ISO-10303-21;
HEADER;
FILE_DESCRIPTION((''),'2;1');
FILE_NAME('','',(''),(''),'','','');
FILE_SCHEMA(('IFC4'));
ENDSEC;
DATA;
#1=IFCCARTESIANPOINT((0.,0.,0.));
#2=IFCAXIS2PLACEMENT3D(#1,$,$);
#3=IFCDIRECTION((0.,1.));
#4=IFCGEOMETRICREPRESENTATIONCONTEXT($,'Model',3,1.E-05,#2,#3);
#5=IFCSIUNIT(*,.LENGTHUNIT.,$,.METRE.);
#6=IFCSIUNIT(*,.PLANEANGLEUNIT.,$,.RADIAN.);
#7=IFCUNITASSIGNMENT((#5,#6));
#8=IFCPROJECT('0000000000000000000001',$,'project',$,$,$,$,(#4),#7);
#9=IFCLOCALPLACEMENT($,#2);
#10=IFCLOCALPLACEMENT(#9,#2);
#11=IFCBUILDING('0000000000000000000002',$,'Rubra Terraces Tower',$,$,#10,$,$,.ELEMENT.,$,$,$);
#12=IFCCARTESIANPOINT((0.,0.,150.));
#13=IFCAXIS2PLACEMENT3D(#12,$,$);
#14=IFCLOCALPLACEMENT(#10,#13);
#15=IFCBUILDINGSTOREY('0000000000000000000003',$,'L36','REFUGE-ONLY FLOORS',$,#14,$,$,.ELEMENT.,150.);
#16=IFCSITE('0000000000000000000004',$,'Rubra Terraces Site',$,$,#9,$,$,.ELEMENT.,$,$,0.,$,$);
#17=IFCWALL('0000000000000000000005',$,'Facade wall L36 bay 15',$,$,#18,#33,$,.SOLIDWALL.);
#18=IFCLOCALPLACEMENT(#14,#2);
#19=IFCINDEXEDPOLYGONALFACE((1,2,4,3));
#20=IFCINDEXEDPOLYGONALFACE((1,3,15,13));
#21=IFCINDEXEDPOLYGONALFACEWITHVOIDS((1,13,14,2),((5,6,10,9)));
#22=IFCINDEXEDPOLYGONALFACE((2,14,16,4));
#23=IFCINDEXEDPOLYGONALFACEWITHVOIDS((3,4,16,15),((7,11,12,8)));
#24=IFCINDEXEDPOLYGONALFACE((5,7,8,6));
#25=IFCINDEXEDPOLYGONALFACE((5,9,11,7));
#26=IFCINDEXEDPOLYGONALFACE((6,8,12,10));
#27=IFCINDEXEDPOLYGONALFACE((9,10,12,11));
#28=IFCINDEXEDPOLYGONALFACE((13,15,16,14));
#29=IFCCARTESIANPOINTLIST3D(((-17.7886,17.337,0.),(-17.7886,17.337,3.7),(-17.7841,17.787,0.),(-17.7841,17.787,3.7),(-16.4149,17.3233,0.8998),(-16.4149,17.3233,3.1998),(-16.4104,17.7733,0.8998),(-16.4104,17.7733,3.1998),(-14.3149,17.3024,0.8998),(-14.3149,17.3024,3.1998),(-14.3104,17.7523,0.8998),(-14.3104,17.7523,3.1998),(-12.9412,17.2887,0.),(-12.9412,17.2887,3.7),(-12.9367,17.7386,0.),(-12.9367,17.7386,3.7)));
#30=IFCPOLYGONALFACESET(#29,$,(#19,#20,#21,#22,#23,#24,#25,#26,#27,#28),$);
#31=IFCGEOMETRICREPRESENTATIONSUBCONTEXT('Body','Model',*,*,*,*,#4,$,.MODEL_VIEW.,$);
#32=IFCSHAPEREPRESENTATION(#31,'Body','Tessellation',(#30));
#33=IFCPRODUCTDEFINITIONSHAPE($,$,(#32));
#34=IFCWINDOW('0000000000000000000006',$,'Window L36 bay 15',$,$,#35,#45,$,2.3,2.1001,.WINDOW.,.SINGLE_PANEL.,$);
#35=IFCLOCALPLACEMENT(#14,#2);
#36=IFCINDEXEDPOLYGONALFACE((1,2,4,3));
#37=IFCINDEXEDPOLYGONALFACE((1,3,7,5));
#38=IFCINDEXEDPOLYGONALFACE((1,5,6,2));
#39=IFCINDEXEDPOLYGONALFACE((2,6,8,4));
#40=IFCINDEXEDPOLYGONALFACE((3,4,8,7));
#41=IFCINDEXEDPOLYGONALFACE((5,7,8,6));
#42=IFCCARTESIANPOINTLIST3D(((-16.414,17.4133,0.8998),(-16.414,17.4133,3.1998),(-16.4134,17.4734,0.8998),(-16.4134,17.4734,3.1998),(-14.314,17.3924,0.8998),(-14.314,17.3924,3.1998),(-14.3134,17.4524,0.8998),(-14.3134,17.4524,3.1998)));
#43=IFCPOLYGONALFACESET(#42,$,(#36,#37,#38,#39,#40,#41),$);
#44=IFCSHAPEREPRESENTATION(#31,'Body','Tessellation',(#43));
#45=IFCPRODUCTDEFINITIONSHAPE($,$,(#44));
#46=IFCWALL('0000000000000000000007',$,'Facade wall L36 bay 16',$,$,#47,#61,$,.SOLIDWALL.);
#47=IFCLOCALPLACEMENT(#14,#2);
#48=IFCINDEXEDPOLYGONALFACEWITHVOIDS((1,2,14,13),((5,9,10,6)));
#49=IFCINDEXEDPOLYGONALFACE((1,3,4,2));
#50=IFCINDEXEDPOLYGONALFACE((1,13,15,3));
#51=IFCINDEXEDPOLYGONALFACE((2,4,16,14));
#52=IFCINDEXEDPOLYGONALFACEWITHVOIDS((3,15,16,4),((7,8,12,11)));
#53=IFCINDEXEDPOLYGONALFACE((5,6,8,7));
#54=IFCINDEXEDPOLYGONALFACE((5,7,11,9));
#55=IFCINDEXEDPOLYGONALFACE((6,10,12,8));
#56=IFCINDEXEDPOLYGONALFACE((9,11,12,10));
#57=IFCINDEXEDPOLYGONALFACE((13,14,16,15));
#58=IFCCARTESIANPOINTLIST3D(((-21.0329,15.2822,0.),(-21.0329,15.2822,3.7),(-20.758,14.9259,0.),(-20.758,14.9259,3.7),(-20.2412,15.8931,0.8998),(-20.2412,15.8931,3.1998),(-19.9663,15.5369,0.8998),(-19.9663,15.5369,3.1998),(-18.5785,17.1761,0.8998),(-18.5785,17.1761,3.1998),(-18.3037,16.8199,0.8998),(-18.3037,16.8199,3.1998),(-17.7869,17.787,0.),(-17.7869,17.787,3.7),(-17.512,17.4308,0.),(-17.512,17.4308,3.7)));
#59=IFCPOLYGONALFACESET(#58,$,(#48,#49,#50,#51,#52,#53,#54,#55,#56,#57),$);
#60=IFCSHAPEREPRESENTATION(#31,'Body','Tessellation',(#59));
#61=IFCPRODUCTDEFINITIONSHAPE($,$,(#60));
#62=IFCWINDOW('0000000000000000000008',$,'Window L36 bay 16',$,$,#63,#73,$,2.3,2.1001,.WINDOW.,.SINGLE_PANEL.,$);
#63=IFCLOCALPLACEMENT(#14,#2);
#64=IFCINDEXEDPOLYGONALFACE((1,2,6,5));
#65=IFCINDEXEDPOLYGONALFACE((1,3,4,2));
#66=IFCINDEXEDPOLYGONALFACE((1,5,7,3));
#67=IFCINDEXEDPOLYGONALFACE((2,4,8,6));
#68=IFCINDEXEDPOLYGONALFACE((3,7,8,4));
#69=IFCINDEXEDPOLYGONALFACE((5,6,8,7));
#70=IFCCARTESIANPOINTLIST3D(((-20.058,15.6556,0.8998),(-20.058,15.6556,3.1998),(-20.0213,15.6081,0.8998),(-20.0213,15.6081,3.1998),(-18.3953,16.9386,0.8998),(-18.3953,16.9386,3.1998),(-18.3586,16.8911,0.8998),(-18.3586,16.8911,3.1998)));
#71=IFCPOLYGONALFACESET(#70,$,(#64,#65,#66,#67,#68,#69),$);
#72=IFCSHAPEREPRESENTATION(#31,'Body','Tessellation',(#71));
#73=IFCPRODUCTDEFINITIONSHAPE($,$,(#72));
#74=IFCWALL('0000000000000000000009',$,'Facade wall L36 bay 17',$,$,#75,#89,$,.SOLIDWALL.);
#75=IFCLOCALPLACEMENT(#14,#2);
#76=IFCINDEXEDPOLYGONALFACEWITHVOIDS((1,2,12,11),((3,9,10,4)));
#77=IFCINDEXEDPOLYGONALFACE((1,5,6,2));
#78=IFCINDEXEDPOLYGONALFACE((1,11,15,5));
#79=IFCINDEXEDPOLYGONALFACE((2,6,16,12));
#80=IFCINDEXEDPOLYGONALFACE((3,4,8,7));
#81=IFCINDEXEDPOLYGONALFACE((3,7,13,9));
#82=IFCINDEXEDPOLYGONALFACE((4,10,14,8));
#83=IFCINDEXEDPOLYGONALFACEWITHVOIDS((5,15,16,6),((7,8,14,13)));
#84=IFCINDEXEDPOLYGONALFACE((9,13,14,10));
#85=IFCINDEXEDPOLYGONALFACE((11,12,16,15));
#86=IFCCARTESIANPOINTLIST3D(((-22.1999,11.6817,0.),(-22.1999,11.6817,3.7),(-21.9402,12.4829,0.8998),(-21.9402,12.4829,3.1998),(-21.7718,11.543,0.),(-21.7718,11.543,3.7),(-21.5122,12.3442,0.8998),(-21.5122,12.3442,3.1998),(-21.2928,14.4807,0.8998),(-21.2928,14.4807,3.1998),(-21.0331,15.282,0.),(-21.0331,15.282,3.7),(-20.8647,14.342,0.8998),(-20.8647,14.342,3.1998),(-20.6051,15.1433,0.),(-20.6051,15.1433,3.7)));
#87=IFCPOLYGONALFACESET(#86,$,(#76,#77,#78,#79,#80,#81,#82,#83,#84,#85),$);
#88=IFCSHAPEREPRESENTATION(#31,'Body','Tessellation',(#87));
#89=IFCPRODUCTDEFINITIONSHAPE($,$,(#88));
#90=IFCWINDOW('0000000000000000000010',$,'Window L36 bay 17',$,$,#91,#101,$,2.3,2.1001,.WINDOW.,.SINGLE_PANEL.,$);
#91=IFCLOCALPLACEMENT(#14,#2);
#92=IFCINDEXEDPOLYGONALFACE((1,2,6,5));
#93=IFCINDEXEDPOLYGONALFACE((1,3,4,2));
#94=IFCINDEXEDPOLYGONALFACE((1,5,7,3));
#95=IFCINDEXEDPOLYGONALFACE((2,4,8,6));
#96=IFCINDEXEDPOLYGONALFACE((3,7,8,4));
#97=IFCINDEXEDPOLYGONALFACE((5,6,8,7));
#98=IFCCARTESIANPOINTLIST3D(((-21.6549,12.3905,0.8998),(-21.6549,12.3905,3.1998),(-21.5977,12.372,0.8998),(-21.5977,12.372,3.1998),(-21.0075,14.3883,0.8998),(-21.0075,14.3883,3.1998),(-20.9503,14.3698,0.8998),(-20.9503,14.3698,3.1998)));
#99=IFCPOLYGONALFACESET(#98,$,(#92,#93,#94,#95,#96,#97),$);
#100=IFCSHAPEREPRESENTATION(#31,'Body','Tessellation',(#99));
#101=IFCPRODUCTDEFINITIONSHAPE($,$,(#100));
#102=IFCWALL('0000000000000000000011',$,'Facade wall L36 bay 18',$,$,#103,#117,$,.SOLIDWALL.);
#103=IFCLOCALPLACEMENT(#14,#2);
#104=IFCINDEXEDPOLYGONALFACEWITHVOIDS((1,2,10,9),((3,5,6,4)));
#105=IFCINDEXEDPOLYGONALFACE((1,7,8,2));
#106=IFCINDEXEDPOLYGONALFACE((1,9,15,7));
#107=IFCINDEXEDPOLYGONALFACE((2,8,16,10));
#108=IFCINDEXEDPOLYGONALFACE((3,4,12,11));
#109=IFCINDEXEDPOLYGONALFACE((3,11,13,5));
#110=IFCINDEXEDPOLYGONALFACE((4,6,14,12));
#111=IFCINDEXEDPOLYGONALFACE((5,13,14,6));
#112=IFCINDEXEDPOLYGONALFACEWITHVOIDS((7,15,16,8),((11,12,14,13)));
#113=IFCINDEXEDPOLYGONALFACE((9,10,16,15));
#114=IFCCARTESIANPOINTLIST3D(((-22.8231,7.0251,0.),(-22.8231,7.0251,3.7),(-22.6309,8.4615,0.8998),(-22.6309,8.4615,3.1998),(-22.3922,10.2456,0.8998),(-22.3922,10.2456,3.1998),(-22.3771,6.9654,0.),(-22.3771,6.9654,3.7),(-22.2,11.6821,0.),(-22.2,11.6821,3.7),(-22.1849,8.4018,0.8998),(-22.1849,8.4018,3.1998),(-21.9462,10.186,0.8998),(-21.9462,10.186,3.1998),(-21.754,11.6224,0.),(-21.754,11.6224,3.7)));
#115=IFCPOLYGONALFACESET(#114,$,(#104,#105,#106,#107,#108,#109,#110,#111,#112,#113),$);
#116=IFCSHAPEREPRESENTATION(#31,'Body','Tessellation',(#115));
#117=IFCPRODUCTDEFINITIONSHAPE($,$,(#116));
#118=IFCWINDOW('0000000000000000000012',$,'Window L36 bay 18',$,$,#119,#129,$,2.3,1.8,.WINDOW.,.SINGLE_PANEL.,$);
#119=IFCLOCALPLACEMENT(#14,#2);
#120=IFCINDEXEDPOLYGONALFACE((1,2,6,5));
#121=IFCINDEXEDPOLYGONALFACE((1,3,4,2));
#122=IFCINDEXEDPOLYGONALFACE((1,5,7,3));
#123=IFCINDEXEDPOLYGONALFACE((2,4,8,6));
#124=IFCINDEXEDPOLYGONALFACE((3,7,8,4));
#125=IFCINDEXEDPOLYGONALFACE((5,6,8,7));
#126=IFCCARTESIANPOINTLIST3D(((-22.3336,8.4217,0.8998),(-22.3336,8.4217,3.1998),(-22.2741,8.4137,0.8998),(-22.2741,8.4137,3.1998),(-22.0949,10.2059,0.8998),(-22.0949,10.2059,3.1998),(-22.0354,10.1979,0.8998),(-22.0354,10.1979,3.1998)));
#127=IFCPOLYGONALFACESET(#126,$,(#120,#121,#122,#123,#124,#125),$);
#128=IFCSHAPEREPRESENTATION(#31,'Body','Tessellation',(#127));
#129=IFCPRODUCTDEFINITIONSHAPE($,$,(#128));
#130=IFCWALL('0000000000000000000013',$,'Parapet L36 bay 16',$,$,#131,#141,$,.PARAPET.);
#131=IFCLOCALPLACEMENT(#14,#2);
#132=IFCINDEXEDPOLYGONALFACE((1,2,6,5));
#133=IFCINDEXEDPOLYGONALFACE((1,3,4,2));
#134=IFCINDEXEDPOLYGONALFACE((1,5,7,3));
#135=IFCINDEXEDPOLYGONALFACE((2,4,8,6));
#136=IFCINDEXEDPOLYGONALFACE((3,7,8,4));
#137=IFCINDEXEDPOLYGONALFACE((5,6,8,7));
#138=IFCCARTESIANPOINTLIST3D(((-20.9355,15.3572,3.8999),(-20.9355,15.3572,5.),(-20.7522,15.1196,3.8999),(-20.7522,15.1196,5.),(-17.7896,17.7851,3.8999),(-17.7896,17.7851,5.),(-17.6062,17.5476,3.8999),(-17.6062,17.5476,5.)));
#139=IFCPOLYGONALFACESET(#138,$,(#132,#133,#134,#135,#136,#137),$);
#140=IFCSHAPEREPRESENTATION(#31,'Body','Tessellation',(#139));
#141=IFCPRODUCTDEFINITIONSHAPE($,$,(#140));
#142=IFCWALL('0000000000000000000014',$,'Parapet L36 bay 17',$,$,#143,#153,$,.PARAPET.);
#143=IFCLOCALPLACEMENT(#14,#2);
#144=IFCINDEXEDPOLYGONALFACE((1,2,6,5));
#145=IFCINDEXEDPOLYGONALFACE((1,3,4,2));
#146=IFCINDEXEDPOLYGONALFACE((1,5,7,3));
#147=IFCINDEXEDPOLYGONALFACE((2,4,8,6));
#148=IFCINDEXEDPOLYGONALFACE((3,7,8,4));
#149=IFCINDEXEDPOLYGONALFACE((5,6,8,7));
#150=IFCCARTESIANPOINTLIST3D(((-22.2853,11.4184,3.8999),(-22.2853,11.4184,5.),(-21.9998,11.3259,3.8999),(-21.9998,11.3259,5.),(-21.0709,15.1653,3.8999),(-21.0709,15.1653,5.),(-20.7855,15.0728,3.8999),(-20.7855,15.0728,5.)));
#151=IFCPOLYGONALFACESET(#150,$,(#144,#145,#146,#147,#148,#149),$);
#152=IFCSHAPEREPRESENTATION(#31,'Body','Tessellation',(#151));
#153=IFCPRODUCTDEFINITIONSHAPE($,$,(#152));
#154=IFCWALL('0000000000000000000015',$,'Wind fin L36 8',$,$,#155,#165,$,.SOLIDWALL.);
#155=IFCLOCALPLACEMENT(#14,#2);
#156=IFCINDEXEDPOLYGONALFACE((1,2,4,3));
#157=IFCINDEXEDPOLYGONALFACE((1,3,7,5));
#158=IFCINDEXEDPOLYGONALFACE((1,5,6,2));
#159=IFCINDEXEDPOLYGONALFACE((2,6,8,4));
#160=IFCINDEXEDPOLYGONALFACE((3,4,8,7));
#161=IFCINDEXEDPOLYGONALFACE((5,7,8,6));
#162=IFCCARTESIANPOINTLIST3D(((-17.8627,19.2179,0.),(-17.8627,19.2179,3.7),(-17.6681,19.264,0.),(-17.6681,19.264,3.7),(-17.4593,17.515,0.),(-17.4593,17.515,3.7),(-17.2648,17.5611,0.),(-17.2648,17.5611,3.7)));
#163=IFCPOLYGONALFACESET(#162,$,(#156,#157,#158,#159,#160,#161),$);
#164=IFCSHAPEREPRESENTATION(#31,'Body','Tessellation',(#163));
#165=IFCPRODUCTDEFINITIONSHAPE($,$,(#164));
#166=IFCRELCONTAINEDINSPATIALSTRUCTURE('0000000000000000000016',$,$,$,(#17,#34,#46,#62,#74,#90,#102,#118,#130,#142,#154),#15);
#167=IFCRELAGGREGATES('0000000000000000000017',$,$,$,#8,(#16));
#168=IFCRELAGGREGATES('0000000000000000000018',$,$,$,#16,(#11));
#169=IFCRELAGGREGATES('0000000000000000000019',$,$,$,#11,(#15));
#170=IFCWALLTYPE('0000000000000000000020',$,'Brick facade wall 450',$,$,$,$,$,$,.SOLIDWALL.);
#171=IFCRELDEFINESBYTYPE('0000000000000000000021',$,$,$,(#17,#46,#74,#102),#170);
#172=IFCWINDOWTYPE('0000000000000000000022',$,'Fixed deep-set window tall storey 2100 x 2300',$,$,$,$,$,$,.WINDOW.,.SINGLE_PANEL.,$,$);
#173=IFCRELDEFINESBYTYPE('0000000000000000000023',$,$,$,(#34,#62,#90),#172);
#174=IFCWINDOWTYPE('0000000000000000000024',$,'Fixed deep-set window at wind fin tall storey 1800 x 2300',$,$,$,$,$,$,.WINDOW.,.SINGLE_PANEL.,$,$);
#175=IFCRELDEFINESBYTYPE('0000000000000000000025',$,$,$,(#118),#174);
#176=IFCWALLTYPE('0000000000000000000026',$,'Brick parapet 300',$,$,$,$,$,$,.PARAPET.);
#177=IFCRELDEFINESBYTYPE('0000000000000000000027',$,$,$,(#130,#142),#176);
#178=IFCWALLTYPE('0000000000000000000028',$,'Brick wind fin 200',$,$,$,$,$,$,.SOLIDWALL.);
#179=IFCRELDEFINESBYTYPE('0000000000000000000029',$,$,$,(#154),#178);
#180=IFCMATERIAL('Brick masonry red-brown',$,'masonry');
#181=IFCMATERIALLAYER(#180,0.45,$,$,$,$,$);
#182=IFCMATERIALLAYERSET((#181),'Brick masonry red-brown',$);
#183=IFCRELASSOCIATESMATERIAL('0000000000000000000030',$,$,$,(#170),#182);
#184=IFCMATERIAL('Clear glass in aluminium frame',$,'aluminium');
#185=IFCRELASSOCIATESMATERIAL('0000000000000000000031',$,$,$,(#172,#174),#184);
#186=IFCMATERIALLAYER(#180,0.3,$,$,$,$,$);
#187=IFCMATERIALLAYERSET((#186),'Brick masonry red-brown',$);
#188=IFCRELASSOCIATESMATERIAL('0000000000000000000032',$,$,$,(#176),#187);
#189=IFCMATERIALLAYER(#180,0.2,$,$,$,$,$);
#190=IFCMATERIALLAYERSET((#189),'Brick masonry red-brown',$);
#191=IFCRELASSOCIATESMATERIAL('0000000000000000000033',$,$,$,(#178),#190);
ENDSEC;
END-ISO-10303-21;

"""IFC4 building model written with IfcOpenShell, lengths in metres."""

from ifc_helpers import new_model, si_unit, direction, frame, frame_2d, origin, place, context, subcontext, project, spatial, rectangle, extrude, material, layer, layer_set, type_object, element, fill, save


model = new_model("IFC4")

# Units and contexts
model_context = context("Model", 3, precision=1e-05, world=origin(), true_north=direction((0.0, 1.0)))
body_context = subcontext(model_context, "Body", "Model", "MODEL_VIEW")
ifc_project = project(units=[si_unit("LENGTHUNIT", "METRE"), si_unit("PLANEANGLEUNIT", "RADIAN")], contexts=[model_context])

# Site, building, storey
site_placement = place(None, origin())
site = spatial("IfcSite", under=ifc_project, at=site_placement, Name="Rubra Terraces Site", CompositionType="ELEMENT", RefElevation=0.0)
building_placement = place(site_placement, origin())
building = spatial("IfcBuilding", under=site, at=building_placement, Name="Rubra Terraces Tower", CompositionType="ELEMENT")
storey_placement = place(building_placement, frame((0.0, 0.0, 150.0)))
storey = spatial("IfcBuildingStorey", under=building, at=storey_placement, Name="L36", Description="REFUGE-ONLY FLOORS", CompositionType="ELEMENT", Elevation=150.0)

# Walls, openings, windows
ifc_material_1 = material(Name="Brick masonry red-brown", Category="masonry")
ifc_layer_1 = layer(ifc_material_1, 0.45)
ifc_layer_set_1 = layer_set([ifc_layer_1], Name="Brick masonry red-brown")
wall_type_1 = type_object("IfcWallType", Name="Brick facade wall 450", PredefinedType="SOLIDWALL", material=ifc_layer_set_1)
wall_1_placement = place(storey_placement, frame((-12.939, 17.5137, 0.0), z_axis=(0.0, 0.0, 1.0), x_axis=(-0.99995, 0.009972, 0.0)))
wall_1 = element("IfcWall", 1, at=wall_1_placement, inside=storey, type_object=wall_type_1, Name="Facade wall L36 bay 15", PredefinedType="SOLIDWALL", context=body_context, shape_type="SweptSolid", body=[
    extrude(rectangle(XDim=4.8477, YDim=0.45, at=frame_2d((2.4238, 0.0))), origin(), (0.0, 0.0, 1.0), 3.7),
])
opening_1_placement = place(wall_1_placement, frame((1.3738, 0.0, 0.8999)))
opening_1 = element("IfcOpeningElement", 2, at=opening_1_placement, cuts=wall_1, PredefinedType="OPENING", context=body_context, shape_type="SweptSolid", body=[
    extrude(rectangle(XDim=2.1001, YDim=2.3, at=frame_2d((1.05, 1.1499))), frame((0.0, 0.2349, 0.0), z_axis=(0.0, -1.0, 0.0), x_axis=(1.0, 0.0, 0.0)), (0.0, 0.0, 1.0), 0.47),
])
ifc_material_2 = material(Name="Clear glass in aluminium frame", Category="aluminium")
window_type_1 = type_object("IfcWindowType", Name="Fixed deep-set window tall storey 2100 x 2300", PartitioningType="SINGLE_PANEL", PredefinedType="WINDOW", material=ifc_material_2)
window_1_placement = place(opening_1_placement, origin())
window_1 = element("IfcWindow", 3, at=window_1_placement, inside=storey, type_object=window_type_1, Name="Window L36 bay 15", OverallHeight=2.3, OverallWidth=2.1001, PartitioningType="SINGLE_PANEL", PredefinedType="WINDOW", context=body_context, shape_type="SweptSolid", body=[
    extrude(rectangle(XDim=2.1001, YDim=2.3, at=frame_2d((1.05, 1.1499))), frame((0.0, 0.135, 0.0), z_axis=(0.0, -1.0, 0.0), x_axis=(1.0, 0.0, 0.0)), (0.0, 0.0, 1.0), 0.0601),
])
fill(opening_1, window_1)
wall_2_placement = place(storey_placement, frame((-17.6494, 17.6089, 0.0), z_axis=(0.0, 0.0, 1.0), x_axis=(-0.791693, -0.610919, 0.0)))
wall_2 = element("IfcWall", 4, at=wall_2_placement, inside=storey, type_object=wall_type_1, Name="Facade wall L36 bay 16", PredefinedType="SOLIDWALL", context=body_context, shape_type="SweptSolid", body=[
    extrude(rectangle(XDim=4.1001, YDim=0.45, at=frame_2d((2.05, 0.0))), origin(), (0.0, 0.0, 1.0), 3.7),
])
opening_2_placement = place(wall_2_placement, frame((1.0, 0.0, 0.8999)))
opening_2 = element("IfcOpeningElement", 5, at=opening_2_placement, cuts=wall_2, PredefinedType="OPENING", context=body_context, shape_type="SweptSolid", body=[
    extrude(rectangle(XDim=2.1001, YDim=2.3, at=frame_2d((1.05, 1.1499))), frame((0.0, 0.2349, 0.0), z_axis=(0.0, -1.0, 0.0), x_axis=(1.0, 0.0, 0.0)), (0.0, 0.0, 1.0), 0.47),
])
window_2_placement = place(opening_2_placement, origin())
window_2 = element("IfcWindow", 6, at=window_2_placement, inside=storey, type_object=window_type_1, Name="Window L36 bay 16", OverallHeight=2.3, OverallWidth=2.1001, PartitioningType="SINGLE_PANEL", PredefinedType="WINDOW", context=body_context, shape_type="SweptSolid", body=[
    extrude(rectangle(XDim=2.1001, YDim=2.3, at=frame_2d((1.05, 1.1499))), frame((0.0, 0.135, 0.0), z_axis=(0.0, -1.0, 0.0), x_axis=(1.0, 0.0, 0.0)), (0.0, 0.0, 1.0), 0.0601),
])
fill(opening_2, window_2)
wall_3_placement = place(storey_placement, frame((-20.8191, 15.2126, 0.0), z_axis=(0.0, 0.0, 1.0), x_axis=(-0.308282, -0.951295, 0.0)))
wall_3 = element("IfcWall", 7, at=wall_3_placement, inside=storey, type_object=wall_type_1, Name="Facade wall L36 bay 17", PredefinedType="SOLIDWALL", context=body_context, shape_type="SweptSolid", body=[
    extrude(rectangle(XDim=3.7847, YDim=0.45, at=frame_2d((1.8923, 0.0))), origin(), (0.0, 0.0, 1.0), 3.7),
])
opening_3_placement = place(wall_3_placement, frame((0.8423, 0.0, 0.8999)))
opening_3 = element("IfcOpeningElement", 8, at=opening_3_placement, cuts=wall_3, PredefinedType="OPENING", context=body_context, shape_type="SweptSolid", body=[
    extrude(rectangle(XDim=2.1001, YDim=2.3, at=frame_2d((1.05, 1.1499))), frame((0.0, 0.2349, 0.0), z_axis=(0.0, -1.0, 0.0), x_axis=(1.0, 0.0, 0.0)), (0.0, 0.0, 1.0), 0.47),
])
window_3_placement = place(opening_3_placement, origin())
window_3 = element("IfcWindow", 9, at=window_3_placement, inside=storey, type_object=window_type_1, Name="Window L36 bay 17", OverallHeight=2.3, OverallWidth=2.1001, PartitioningType="SINGLE_PANEL", PredefinedType="WINDOW", context=body_context, shape_type="SweptSolid", body=[
    extrude(rectangle(XDim=2.1001, YDim=2.3, at=frame_2d((1.05, 1.1499))), frame((0.0, 0.135, 0.0), z_axis=(0.0, -1.0, 0.0), x_axis=(1.0, 0.0, 0.0)), (0.0, 0.0, 1.0), 0.0601),
])
fill(opening_3, window_3)
wall_4_placement = place(storey_placement, frame((-21.9771, 11.6521, 0.0), z_axis=(0.0, 0.0, 1.0), x_axis=(-0.132606, -0.991169, 0.0)))
wall_4 = element("IfcWall", 10, at=wall_4_placement, inside=storey, type_object=wall_type_1, Name="Facade wall L36 bay 18", PredefinedType="SOLIDWALL", context=body_context, shape_type="SweptSolid", body=[
    extrude(rectangle(XDim=4.6985, YDim=0.45, at=frame_2d((2.3491, 0.0))), origin(), (0.0, 0.0, 1.0), 3.7),
])
opening_4_placement = place(wall_4_placement, frame((1.4492, 0.0, 0.8999)))
opening_4 = element("IfcOpeningElement", 11, at=opening_4_placement, cuts=wall_4, PredefinedType="OPENING", context=body_context, shape_type="SweptSolid", body=[
    extrude(rectangle(XDim=1.8, YDim=2.3, at=frame_2d((0.8999, 1.1499))), frame((0.0, 0.2349, 0.0), z_axis=(0.0, -1.0, 0.0), x_axis=(1.0, 0.0, 0.0)), (0.0, 0.0, 1.0), 0.47),
])
window_type_2 = type_object("IfcWindowType", Name="Fixed deep-set window at wind fin tall storey 1800 x 2300", PartitioningType="SINGLE_PANEL", PredefinedType="WINDOW", material=ifc_material_2)
window_4_placement = place(opening_4_placement, origin())
window_4 = element("IfcWindow", 12, at=window_4_placement, inside=storey, type_object=window_type_2, Name="Window L36 bay 18", OverallHeight=2.3, OverallWidth=1.8, PartitioningType="SINGLE_PANEL", PredefinedType="WINDOW", context=body_context, shape_type="SweptSolid", body=[
    extrude(rectangle(XDim=1.8, YDim=2.3, at=frame_2d((0.8999, 1.1499))), frame((0.0, 0.135, 0.0), z_axis=(0.0, -1.0, 0.0), x_axis=(1.0, 0.0, 0.0)), (0.0, 0.0, 1.0), 0.0601),
])
fill(opening_4, window_4)

# Walls
ifc_layer_2 = layer(ifc_material_1, 0.3)
ifc_layer_set_2 = layer_set([ifc_layer_2], Name="Brick masonry red-brown")
wall_type_2 = type_object("IfcWallType", Name="Brick parapet 300", PredefinedType="PARAPET", material=ifc_layer_set_2)
wall_5_placement = place(storey_placement, frame((-17.698, 17.6663, 3.8999), z_axis=(0.0, 0.0, 1.0), x_axis=(-0.791652, -0.610972, 0.0)))
element("IfcWall", 13, at=wall_5_placement, inside=storey, type_object=wall_type_2, Name="Parapet L36 bay 16", PredefinedType="PARAPET", context=body_context, shape_type="SweptSolid", body=[
    extrude(rectangle(XDim=3.9739, YDim=0.3, at=frame_2d((1.9868, 0.0))), origin(), (0.0, 0.0, 1.0), 1.1001),
])
wall_6_placement = place(storey_placement, frame((-20.9282, 15.1189, 3.8999), z_axis=(0.0, 0.0, 1.0), x_axis=(-0.308314, -0.951285, 0.0)))
element("IfcWall", 14, at=wall_6_placement, inside=storey, type_object=wall_type_2, Name="Parapet L36 bay 17", PredefinedType="PARAPET", context=body_context, shape_type="SweptSolid", body=[
    extrude(rectangle(XDim=3.9387, YDim=0.3, at=frame_2d((1.9692, 0.0))), origin(), (0.0, 0.0, 1.0), 1.1001),
])
ifc_layer_3 = layer(ifc_material_1, 0.2)
ifc_layer_set_3 = layer_set([ifc_layer_3], Name="Brick masonry red-brown")
wall_type_3 = type_object("IfcWallType", Name="Brick wind fin 200", PredefinedType="SOLIDWALL", material=ifc_layer_set_3)
wall_7_placement = place(storey_placement, frame((-17.3621, 17.5381, 0.0), z_axis=(0.0, 0.0, 1.0), x_axis=(-0.23047, 0.973079, 0.0)))
element("IfcWall", 15, at=wall_7_placement, inside=storey, type_object=wall_type_3, Name="Wind fin L36 8", PredefinedType="SOLIDWALL", context=body_context, shape_type="SweptSolid", body=[
    extrude(rectangle(XDim=1.75, YDim=0.2, at=frame_2d((0.875, 0.0))), origin(), (0.0, 0.0, 1.0), 3.7),
])

save(model, "model.ifc")
